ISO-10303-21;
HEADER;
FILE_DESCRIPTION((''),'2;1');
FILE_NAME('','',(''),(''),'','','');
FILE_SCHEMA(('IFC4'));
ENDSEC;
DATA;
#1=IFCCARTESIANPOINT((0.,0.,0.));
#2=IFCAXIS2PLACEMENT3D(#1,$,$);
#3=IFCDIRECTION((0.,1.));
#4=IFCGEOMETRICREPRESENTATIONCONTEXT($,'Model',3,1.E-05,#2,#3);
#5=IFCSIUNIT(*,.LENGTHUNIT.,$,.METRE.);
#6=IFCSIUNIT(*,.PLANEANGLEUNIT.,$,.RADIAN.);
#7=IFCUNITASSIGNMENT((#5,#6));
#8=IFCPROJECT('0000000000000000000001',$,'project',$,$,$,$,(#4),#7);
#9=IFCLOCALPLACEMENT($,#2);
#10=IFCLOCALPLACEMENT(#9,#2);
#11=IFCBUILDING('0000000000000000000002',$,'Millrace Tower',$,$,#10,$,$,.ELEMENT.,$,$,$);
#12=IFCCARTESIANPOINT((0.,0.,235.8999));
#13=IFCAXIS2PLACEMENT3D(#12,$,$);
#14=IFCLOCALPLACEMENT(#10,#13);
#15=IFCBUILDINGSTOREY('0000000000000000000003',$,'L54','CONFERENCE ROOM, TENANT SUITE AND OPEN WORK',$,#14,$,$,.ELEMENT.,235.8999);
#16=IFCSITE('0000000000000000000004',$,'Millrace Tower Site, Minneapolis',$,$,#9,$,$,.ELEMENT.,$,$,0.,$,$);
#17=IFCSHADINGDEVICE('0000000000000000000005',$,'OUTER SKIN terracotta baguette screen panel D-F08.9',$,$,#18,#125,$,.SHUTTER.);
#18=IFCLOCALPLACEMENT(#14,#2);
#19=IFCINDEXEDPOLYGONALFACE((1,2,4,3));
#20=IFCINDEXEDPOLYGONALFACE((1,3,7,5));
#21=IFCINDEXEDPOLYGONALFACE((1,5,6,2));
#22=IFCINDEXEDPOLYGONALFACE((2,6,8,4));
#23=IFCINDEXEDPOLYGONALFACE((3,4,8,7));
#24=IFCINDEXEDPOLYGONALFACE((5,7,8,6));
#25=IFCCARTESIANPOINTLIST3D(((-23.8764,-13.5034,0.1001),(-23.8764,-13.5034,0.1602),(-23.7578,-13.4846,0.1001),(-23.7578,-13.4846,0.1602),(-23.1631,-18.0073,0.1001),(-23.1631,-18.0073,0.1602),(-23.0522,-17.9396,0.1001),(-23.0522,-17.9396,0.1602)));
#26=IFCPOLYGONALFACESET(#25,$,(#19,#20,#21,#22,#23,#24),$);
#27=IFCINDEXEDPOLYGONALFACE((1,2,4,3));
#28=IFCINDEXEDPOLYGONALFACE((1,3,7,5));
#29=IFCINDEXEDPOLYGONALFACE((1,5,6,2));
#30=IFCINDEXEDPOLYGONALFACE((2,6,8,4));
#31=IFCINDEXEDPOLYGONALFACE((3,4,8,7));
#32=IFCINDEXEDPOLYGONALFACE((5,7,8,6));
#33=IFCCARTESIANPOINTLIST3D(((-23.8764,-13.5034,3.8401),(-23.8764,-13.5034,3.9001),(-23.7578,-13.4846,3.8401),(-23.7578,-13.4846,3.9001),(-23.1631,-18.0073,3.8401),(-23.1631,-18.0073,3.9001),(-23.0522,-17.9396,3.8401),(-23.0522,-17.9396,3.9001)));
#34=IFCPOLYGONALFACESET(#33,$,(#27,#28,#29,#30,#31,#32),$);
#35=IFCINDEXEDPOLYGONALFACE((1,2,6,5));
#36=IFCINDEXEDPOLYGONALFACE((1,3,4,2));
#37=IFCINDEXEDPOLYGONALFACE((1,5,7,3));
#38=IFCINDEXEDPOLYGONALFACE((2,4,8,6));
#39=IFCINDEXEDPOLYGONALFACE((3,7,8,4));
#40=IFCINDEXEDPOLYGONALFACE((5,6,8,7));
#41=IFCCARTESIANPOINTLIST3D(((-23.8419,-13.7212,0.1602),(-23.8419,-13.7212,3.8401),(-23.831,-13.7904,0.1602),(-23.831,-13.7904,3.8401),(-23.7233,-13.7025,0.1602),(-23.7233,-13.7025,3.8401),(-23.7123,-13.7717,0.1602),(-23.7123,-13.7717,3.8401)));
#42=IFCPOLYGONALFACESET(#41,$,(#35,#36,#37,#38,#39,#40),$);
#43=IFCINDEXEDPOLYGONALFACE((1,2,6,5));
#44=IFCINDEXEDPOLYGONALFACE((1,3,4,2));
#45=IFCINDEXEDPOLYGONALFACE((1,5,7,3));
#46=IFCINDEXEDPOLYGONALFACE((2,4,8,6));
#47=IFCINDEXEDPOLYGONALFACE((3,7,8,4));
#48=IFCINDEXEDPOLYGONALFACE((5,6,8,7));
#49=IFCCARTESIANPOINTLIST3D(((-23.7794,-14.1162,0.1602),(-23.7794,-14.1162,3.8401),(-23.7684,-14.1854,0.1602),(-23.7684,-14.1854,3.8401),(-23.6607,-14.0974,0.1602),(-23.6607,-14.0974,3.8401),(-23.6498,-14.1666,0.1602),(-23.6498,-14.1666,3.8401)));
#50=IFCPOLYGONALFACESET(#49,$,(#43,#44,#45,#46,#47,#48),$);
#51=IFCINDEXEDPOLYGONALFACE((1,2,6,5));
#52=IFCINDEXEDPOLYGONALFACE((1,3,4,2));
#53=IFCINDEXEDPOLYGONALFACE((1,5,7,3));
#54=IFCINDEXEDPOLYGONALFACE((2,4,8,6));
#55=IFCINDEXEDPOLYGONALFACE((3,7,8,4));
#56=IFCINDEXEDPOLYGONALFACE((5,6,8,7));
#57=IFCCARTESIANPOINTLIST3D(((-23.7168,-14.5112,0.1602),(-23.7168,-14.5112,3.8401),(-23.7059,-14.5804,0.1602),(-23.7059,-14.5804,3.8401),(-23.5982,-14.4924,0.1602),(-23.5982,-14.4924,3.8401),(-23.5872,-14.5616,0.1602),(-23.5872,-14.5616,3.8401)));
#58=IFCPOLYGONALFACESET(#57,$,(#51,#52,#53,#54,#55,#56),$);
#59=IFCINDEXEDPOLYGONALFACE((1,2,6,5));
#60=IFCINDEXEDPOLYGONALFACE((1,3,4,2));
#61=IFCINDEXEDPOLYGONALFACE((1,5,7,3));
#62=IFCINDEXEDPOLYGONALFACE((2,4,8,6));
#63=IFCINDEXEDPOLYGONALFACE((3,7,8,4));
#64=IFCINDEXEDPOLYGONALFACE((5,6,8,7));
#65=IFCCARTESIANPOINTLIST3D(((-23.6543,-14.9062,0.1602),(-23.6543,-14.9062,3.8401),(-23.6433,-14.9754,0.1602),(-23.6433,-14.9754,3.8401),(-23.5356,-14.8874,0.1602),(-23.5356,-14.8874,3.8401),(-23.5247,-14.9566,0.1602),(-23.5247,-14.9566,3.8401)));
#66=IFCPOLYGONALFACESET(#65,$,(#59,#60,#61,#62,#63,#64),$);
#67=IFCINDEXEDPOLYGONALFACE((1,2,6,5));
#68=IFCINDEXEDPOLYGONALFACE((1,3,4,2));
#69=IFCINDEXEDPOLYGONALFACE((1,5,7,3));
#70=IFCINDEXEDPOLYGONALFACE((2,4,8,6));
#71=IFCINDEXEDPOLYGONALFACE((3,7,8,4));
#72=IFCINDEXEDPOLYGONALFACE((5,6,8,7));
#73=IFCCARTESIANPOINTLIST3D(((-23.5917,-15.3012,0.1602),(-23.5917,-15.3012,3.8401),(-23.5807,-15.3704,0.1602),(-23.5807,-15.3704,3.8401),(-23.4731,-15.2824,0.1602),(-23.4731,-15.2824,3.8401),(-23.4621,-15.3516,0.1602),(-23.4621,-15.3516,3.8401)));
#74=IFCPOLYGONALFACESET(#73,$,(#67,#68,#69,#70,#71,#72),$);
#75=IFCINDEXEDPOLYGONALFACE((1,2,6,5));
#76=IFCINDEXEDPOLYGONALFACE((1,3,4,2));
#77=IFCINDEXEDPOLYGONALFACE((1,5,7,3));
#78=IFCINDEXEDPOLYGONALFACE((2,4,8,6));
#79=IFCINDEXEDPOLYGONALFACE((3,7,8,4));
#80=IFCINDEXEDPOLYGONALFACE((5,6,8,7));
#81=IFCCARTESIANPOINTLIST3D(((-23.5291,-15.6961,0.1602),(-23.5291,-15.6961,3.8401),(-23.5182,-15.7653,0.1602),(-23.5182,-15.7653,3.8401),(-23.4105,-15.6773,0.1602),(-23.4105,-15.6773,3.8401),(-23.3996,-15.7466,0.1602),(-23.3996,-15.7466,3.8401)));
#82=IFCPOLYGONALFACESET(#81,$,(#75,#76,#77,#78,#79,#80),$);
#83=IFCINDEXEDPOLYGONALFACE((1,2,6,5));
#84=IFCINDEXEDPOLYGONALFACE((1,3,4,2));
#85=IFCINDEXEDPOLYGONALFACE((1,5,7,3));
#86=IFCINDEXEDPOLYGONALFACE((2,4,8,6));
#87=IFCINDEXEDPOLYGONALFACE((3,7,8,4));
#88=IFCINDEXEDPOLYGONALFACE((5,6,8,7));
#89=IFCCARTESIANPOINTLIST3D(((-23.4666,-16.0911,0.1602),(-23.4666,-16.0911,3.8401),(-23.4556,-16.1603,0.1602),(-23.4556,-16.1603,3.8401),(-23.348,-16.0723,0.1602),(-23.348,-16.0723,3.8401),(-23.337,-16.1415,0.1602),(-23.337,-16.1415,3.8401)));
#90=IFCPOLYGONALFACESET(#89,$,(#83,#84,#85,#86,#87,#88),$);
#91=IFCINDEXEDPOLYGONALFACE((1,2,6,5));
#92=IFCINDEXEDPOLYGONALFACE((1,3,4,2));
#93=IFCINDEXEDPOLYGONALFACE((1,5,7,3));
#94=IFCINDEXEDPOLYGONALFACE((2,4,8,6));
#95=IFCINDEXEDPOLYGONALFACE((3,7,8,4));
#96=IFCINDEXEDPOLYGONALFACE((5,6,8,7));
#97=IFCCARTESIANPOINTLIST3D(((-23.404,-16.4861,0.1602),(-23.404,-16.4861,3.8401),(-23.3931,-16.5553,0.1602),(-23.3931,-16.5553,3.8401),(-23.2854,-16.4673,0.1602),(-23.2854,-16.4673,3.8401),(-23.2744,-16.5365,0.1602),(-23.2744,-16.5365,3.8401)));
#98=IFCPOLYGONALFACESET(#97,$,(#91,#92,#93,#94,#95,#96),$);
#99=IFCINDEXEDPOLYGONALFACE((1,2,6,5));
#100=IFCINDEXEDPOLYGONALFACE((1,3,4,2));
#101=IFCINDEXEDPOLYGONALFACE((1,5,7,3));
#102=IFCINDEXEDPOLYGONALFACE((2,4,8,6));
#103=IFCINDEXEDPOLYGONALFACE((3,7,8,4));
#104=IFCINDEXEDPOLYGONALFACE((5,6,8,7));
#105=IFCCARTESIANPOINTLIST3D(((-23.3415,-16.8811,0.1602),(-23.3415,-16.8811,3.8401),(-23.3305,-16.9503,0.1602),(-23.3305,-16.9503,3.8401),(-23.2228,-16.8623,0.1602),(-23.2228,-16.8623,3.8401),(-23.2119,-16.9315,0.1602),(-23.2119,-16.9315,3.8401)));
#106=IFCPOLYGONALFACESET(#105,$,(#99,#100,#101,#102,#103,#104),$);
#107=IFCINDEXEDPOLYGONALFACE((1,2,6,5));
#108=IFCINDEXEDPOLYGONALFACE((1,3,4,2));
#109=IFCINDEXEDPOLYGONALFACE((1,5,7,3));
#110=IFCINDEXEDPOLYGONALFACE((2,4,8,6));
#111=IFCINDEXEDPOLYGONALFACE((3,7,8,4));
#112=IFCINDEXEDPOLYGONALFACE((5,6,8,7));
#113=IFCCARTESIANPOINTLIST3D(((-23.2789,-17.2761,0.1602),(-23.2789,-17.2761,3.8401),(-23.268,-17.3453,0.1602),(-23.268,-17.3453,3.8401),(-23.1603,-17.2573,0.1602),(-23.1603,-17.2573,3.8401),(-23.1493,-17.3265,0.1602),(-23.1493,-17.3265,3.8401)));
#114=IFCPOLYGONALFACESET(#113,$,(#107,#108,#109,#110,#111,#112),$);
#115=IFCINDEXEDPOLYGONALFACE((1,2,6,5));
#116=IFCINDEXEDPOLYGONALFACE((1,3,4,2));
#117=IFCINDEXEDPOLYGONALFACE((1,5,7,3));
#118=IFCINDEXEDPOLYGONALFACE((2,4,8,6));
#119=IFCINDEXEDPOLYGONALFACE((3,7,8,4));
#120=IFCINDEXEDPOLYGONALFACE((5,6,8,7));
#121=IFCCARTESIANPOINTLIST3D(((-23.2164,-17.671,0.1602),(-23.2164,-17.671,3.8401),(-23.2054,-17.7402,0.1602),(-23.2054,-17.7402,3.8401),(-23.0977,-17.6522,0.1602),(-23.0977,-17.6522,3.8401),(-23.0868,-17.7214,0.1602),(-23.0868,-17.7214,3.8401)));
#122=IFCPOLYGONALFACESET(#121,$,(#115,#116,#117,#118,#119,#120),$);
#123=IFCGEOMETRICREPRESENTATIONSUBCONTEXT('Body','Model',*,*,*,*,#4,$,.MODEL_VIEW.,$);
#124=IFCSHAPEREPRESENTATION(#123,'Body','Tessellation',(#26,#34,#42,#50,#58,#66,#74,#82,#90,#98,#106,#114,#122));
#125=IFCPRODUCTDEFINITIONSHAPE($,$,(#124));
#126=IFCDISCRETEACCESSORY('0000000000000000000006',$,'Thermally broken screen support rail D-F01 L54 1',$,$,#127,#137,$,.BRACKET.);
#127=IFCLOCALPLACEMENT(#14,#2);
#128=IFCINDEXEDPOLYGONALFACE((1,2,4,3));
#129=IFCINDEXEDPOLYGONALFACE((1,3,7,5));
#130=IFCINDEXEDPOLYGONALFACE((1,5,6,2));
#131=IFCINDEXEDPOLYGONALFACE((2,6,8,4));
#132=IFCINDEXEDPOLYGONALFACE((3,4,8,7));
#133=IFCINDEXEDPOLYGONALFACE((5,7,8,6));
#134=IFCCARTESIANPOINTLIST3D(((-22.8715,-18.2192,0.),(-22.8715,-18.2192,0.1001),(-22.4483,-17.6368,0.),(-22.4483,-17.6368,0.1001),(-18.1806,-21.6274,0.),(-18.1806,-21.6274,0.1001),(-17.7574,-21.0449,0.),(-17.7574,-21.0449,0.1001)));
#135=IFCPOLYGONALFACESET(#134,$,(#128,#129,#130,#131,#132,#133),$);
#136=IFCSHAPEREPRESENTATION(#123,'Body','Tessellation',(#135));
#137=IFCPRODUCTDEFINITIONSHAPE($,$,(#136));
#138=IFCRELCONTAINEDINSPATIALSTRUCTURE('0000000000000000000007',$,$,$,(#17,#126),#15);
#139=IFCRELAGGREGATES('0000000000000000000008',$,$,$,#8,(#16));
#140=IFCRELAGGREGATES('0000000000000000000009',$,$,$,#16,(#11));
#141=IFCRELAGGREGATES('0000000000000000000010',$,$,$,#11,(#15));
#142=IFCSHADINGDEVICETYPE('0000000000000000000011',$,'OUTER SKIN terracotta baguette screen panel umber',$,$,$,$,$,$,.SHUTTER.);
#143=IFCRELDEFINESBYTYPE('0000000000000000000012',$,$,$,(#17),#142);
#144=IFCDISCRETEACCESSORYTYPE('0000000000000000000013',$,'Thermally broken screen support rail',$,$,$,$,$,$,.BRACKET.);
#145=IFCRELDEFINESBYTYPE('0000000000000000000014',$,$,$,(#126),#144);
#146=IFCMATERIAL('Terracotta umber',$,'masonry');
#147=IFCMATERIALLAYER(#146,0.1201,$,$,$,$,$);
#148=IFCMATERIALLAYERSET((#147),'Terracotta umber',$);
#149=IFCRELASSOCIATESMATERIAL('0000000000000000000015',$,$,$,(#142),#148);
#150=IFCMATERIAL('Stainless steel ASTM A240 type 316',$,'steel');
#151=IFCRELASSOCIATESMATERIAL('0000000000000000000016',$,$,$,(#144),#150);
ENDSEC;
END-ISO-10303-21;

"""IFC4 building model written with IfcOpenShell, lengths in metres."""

from ifc_helpers import new_model, entity, si_unit, direction, frame, frame_2d, origin, origin_2d, place, context, subcontext, project, spatial, rectangle, extrude, source, transform, mapped, material, layer, layer_set, type_object, element, save


model = new_model("IFC4")

# Units and contexts
model_context = context("Model", 3, precision=1e-05, world=origin(), true_north=direction((0.0, 1.0)))
body_context = subcontext(model_context, "Body", "Model", "MODEL_VIEW")
ifc_project = project(units=[si_unit("LENGTHUNIT", "METRE"), si_unit("PLANEANGLEUNIT", "RADIAN")], contexts=[model_context])

# Site, building, storey
site_placement = place(None, origin())
site = spatial("IfcSite", under=ifc_project, at=site_placement, Name="Millrace Tower Site, Minneapolis", CompositionType="ELEMENT", RefElevation=0.0)
building_placement = place(site_placement, origin())
building = spatial("IfcBuilding", under=site, at=building_placement, Name="Millrace Tower", CompositionType="ELEMENT")
storey_placement = place(building_placement, frame((0.0, 0.0, 235.8999)))
storey = spatial("IfcBuildingStorey", under=building, at=storey_placement, Name="L54", Description="CONFERENCE ROOM, TENANT SUITE AND OPEN WORK", CompositionType="ELEMENT", Elevation=235.8999)

# Shading device
ifc_material_1 = material(Name="Terracotta umber", Category="masonry")
ifc_layer_1 = layer(ifc_material_1, 0.1201)
ifc_layer_set_1 = layer_set([ifc_layer_1], Name="Terracotta umber")
shading_device_type = type_object("IfcShadingDeviceType", Name="OUTER SKIN terracotta baguette screen panel umber", PredefinedType="SHUTTER", material=ifc_layer_set_1)
cartesian_point_1 = entity("IfcCartesianPoint", [-2.2676, 0.0601])
shared_polyline_1 = entity("IfcPolyline", [cartesian_point_1, entity("IfcCartesianPoint", [2.2429, 0.0601]), entity("IfcCartesianPoint", [2.2925, -0.0601]), entity("IfcCartesianPoint", [-2.2676, -0.0601]), cartesian_point_1])
shared_shape_1 = source(origin(), body_context, "Body", "SweptSolid", [
    entity("IfcExtrudedAreaSolid", entity("IfcArbitraryClosedProfileDef", "AREA", None, shared_polyline_1), entity("IfcAxis2Placement3D", entity("IfcCartesianPoint", [0.0, 0.0, 0.0])), entity("IfcDirection", [0.0, 0.0, 1.0]), 0.0601),
    entity("IfcExtrudedAreaSolid", entity("IfcArbitraryClosedProfileDef", "AREA", None, shared_polyline_1), entity("IfcAxis2Placement3D", entity("IfcCartesianPoint", [0.0, 0.0, 3.74])), entity("IfcDirection", [0.0, 0.0, 1.0]), 0.0601),
    extrude(rectangle(XDim=0.0701, YDim=0.1201, at=frame_2d((-2.012, 0.0))), frame((0.0, 0.0, 0.0601)), (0.0, 0.0, 1.0), 3.6799),
    extrude(rectangle(XDim=0.0701, YDim=0.1201, at=frame_2d((-1.6121, 0.0))), frame((0.0, 0.0, 0.0601)), (0.0, 0.0, 1.0), 3.6799),
    extrude(rectangle(XDim=0.0701, YDim=0.1201, at=frame_2d((-1.2122, 0.0))), frame((0.0, 0.0, 0.0601)), (0.0, 0.0, 1.0), 3.6799),
    extrude(rectangle(XDim=0.0701, YDim=0.1201, at=frame_2d((-0.8123, 0.0))), frame((0.0, 0.0, 0.0601)), (0.0, 0.0, 1.0), 3.6799),
    extrude(rectangle(XDim=0.0701, YDim=0.1201, at=frame_2d((-0.4124, 0.0))), frame((0.0, 0.0, 0.0601)), (0.0, 0.0, 1.0), 3.6799),
    extrude(rectangle(XDim=0.0701, YDim=0.1201, at=frame_2d((-0.0125, 0.0))), frame((0.0, 0.0, 0.0601)), (0.0, 0.0, 1.0), 3.6799),
    extrude(rectangle(XDim=0.0701, YDim=0.1201, at=frame_2d((0.3875, 0.0))), frame((0.0, 0.0, 0.0601)), (0.0, 0.0, 1.0), 3.6799),
    extrude(rectangle(XDim=0.0701, YDim=0.1201, at=frame_2d((0.7874, 0.0))), frame((0.0, 0.0, 0.0601)), (0.0, 0.0, 1.0), 3.6799),
    extrude(rectangle(XDim=0.0701, YDim=0.1201, at=frame_2d((1.1873, 0.0))), frame((0.0, 0.0, 0.0601)), (0.0, 0.0, 1.0), 3.6799),
    extrude(rectangle(XDim=0.0701, YDim=0.1201, at=frame_2d((1.5872, 0.0))), frame((0.0, 0.0, 0.0601)), (0.0, 0.0, 1.0), 3.6799),
    extrude(rectangle(XDim=0.0701, YDim=0.1201, at=frame_2d((1.9871, 0.0))), frame((0.0, 0.0, 0.0601)), (0.0, 0.0, 1.0), 3.6799),
])
shading_device_1_placement = place(storey_placement, frame((-23.4624, -15.7336, 0.1001), z_axis=(0.0, 0.0, 1.0), x_axis=(0.156434, -0.987688, 0.0)))
element("IfcShadingDevice", 1, at=shading_device_1_placement, inside=storey, type_object=shading_device_type, Name="OUTER SKIN terracotta baguette screen panel D-F08.9", PredefinedType="SHUTTER", context=body_context, shape_type="MappedRepresentation", body=[
    mapped(shared_shape_1, transform((0.0, 0.0, 0.0), scale=1.0)),
])

# Discrete accessory
ifc_material_2 = material(Name="Stainless steel ASTM A240 type 316", Category="steel")
discrete_accessory_type = type_object("IfcDiscreteAccessoryType", Name="Thermally broken screen support rail", PredefinedType="BRACKET", material=ifc_material_2)
discrete_accessory_placement = place(storey_placement, frame((-20.3145, -19.6321, 0.0), z_axis=(0.0, 0.0, 1.0), x_axis=(0.809017, -0.587785, 0.0)))
element("IfcDiscreteAccessory", 2, at=discrete_accessory_placement, inside=storey, type_object=discrete_accessory_type, Name="Thermally broken screen support rail D-F01 L54 1", PredefinedType="BRACKET", context=body_context, shape_type="SweptSolid", body=[
    extrude(rectangle(XDim=5.7983, YDim=0.72, at=origin_2d()), origin(), (0.0, 0.0, 1.0), 0.1001),
])

save(model, "model.ifc")
